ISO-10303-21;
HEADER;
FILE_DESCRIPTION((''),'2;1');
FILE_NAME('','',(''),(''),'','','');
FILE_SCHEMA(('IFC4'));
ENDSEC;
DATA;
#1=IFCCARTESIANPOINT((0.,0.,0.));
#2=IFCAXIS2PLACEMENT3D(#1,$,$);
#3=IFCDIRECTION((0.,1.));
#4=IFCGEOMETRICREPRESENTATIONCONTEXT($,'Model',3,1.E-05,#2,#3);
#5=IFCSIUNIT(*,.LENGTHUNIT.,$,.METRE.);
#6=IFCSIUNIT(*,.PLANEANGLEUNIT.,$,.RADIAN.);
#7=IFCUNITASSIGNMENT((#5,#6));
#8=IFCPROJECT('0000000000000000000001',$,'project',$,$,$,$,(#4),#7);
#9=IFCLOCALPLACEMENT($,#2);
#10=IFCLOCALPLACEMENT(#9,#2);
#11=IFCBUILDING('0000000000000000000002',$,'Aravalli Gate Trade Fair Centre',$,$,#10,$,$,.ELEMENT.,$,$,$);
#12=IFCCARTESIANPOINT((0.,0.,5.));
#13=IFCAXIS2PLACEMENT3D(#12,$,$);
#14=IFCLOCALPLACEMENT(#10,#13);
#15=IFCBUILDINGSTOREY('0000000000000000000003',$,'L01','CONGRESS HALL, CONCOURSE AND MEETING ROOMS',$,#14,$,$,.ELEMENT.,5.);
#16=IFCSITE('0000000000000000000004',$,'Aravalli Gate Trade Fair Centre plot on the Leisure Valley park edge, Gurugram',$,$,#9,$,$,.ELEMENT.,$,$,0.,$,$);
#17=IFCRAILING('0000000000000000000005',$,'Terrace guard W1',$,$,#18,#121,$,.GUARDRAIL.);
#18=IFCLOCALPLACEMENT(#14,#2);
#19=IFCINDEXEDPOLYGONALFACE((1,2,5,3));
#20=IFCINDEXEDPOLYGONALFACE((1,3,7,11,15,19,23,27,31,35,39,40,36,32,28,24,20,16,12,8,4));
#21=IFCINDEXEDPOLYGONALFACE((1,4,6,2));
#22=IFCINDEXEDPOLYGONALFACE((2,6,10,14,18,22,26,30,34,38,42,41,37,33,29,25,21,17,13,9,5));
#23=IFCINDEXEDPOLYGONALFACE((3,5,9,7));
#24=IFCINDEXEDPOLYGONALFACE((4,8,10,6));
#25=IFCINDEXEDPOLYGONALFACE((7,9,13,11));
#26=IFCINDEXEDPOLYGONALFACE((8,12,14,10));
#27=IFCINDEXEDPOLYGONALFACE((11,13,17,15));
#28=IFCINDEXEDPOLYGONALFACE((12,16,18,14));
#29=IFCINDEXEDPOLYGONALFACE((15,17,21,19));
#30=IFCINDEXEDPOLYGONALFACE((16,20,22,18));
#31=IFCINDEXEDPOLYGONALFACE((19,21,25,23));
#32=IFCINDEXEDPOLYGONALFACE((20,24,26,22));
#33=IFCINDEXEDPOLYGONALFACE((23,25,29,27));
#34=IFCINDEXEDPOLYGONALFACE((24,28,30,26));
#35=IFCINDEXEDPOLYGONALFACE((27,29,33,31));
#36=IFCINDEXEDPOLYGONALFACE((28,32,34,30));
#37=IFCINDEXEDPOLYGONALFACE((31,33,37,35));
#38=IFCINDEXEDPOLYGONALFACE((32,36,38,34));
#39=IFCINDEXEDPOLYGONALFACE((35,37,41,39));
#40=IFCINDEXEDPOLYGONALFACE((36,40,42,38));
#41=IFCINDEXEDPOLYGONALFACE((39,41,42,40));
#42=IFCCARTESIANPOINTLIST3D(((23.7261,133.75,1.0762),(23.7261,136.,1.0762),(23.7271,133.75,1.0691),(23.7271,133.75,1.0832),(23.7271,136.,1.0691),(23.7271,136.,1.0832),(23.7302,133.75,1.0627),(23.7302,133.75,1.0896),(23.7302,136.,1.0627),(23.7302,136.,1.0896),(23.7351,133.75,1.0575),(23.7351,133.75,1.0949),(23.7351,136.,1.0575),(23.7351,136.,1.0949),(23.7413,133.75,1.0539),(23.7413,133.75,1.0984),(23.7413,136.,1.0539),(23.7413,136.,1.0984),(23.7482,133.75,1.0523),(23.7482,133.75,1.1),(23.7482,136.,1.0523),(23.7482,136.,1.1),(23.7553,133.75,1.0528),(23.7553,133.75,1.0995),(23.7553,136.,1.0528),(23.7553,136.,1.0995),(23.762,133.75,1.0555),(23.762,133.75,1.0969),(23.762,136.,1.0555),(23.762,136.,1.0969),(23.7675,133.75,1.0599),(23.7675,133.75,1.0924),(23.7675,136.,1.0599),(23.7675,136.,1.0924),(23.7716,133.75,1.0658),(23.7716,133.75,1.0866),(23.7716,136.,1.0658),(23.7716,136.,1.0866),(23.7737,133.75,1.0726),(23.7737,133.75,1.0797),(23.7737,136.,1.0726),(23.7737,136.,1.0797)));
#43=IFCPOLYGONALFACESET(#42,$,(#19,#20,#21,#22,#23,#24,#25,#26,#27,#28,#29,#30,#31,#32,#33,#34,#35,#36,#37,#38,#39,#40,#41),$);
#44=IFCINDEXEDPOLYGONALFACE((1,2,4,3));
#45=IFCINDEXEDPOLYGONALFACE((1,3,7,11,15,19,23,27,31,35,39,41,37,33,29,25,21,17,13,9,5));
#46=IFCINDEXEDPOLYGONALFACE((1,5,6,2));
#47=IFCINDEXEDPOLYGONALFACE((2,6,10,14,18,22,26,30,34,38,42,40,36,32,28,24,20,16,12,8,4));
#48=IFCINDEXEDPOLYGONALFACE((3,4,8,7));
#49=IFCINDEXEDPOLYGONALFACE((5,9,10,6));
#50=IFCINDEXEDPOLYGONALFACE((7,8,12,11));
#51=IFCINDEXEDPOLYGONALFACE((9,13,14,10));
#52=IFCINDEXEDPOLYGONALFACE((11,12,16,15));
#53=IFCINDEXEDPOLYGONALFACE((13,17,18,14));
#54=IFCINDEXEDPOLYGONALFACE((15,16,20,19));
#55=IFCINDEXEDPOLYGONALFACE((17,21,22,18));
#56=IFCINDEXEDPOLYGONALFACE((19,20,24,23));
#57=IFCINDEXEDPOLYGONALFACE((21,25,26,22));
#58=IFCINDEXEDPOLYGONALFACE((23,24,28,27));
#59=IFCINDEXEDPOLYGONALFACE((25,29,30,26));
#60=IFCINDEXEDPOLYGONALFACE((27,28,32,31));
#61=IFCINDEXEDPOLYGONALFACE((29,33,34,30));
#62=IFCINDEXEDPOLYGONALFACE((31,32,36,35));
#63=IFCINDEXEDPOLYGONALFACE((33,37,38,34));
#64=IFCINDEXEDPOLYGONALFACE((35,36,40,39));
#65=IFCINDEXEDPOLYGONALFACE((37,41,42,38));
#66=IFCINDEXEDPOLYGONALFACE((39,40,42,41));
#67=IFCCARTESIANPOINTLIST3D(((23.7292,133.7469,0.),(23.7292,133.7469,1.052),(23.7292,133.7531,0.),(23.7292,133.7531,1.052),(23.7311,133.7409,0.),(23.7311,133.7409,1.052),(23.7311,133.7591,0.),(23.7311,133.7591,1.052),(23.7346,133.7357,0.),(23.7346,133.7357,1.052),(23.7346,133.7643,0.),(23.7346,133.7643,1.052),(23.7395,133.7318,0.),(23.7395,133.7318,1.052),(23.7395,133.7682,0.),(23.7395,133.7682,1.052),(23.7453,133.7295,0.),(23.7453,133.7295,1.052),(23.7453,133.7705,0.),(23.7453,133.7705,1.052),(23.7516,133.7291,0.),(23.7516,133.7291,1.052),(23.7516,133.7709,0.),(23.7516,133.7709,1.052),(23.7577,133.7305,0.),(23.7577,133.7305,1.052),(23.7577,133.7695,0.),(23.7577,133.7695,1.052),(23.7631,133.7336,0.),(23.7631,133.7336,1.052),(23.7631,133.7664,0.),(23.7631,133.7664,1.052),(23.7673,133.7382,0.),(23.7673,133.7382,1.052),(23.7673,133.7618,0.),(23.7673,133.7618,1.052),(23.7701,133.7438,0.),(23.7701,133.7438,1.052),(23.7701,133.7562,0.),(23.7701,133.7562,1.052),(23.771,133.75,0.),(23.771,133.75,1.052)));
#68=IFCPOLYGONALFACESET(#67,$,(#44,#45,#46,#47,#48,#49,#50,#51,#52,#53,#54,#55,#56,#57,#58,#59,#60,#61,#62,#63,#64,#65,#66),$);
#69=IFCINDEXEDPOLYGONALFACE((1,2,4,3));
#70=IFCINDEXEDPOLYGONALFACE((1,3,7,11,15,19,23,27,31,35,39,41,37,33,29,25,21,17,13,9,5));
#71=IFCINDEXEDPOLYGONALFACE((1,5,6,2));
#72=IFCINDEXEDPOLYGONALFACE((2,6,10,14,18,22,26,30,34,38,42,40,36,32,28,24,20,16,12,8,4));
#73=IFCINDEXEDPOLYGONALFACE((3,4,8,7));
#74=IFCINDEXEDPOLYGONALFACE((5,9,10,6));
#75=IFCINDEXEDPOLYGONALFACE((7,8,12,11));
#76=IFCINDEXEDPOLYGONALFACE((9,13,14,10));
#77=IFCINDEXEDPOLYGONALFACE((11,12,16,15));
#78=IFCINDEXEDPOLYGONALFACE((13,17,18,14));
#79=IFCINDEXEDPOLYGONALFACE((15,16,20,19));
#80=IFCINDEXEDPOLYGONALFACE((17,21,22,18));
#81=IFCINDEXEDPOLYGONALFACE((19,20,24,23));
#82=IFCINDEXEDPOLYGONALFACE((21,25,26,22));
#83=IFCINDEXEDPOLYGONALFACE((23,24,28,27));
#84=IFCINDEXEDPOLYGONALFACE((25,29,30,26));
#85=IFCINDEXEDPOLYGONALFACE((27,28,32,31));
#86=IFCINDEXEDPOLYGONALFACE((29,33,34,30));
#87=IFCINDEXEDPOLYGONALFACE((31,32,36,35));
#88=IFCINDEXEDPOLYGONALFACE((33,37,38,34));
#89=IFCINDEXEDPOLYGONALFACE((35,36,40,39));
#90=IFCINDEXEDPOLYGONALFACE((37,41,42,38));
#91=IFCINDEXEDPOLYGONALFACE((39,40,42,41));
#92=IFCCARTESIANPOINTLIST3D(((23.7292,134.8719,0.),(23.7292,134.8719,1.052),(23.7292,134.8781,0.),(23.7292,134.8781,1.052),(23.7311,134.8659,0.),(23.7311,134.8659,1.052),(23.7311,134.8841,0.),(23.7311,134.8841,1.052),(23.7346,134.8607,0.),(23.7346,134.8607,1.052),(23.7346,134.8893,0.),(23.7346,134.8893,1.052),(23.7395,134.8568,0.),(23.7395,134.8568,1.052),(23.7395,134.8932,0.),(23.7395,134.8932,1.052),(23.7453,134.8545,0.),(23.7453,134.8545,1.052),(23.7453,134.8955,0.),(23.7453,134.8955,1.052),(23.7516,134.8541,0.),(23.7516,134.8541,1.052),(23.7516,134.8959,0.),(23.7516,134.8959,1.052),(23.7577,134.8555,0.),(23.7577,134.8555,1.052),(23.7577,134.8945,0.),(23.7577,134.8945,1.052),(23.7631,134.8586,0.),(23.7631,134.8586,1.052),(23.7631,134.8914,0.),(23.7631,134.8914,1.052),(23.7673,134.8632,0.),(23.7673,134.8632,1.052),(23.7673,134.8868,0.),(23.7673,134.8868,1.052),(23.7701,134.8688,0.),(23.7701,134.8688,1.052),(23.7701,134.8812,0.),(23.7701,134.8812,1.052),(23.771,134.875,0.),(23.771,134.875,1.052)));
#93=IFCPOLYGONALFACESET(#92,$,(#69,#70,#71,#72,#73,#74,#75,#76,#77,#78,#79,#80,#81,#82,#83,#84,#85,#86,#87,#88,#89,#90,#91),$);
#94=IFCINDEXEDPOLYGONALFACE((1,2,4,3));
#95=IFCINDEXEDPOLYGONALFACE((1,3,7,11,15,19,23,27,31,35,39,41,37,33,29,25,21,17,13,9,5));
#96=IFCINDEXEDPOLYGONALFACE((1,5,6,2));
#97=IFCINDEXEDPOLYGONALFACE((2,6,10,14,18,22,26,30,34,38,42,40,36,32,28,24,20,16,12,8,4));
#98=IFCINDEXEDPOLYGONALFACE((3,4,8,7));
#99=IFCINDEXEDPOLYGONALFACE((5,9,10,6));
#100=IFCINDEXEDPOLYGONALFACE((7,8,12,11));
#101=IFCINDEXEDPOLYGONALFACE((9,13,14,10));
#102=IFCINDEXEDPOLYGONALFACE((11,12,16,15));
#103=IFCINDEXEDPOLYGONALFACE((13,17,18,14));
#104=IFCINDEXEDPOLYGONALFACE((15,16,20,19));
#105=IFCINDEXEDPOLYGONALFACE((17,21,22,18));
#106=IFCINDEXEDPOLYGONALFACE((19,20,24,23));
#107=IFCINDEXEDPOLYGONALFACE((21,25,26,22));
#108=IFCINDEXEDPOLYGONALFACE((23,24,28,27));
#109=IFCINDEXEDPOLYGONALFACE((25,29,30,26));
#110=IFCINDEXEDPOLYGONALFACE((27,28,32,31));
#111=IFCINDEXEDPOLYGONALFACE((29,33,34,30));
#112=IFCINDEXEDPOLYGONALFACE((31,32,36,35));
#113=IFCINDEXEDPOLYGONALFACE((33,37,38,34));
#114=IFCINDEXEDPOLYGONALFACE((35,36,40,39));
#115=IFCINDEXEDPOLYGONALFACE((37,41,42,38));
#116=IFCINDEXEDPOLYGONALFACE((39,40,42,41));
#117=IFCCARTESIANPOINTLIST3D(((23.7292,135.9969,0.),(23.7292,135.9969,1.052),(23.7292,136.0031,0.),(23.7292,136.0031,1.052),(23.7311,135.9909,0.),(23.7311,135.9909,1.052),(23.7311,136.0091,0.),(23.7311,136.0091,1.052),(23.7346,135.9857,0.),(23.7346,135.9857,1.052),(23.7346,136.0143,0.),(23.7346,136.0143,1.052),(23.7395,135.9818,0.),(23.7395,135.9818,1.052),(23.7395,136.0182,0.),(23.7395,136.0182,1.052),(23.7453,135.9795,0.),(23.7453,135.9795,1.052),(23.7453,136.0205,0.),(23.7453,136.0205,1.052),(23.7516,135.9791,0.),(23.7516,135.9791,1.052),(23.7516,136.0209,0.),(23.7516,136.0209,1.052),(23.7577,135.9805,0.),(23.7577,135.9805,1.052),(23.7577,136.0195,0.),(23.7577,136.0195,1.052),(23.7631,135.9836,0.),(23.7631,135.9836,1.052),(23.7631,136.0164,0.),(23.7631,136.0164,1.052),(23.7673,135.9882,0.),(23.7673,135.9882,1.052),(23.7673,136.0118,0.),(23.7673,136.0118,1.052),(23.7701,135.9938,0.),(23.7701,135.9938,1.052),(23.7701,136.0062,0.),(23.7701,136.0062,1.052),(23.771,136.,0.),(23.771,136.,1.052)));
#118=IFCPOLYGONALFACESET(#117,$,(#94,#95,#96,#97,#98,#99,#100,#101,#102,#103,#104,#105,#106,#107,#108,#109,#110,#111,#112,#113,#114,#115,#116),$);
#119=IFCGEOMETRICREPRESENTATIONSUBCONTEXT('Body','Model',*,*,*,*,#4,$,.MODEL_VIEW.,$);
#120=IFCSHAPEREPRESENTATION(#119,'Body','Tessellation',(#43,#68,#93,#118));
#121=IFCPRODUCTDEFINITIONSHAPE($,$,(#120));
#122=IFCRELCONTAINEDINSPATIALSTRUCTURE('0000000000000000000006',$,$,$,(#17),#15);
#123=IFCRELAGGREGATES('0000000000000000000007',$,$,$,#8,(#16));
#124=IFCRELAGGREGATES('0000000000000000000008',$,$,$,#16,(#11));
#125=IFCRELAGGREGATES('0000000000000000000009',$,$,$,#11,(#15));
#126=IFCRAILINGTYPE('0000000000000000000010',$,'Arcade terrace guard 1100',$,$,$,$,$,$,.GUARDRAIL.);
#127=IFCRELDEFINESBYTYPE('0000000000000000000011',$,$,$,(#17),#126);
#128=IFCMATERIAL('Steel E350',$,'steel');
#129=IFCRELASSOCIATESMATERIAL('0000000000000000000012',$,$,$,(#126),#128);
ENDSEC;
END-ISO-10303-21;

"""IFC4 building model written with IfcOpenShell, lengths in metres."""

from ifc_helpers import new_model, si_unit, direction, frame, origin, origin_2d, place, context, subcontext, project, spatial, circle, extrude, material, type_object, element, save


model = new_model("IFC4")

# Units and contexts
model_context = context("Model", 3, precision=1e-05, world=origin(), true_north=direction((0.0, 1.0)))
body_context = subcontext(model_context, "Body", "Model", "MODEL_VIEW")
ifc_project = project(units=[si_unit("LENGTHUNIT", "METRE"), si_unit("PLANEANGLEUNIT", "RADIAN")], contexts=[model_context])

# Site, building, storey
site_placement = place(None, origin())
site = spatial("IfcSite", under=ifc_project, at=site_placement, Name="Aravalli Gate Trade Fair Centre plot on the Leisure Valley park edge, Gurugram", CompositionType="ELEMENT", RefElevation=0.0)
building_placement = place(site_placement, origin())
building = spatial("IfcBuilding", under=site, at=building_placement, Name="Aravalli Gate Trade Fair Centre", CompositionType="ELEMENT")
storey_placement = place(building_placement, frame((0.0, 0.0, 5.0)))
storey = spatial("IfcBuildingStorey", under=building, at=storey_placement, Name="L01", Description="CONGRESS HALL, CONCOURSE AND MEETING ROOMS", CompositionType="ELEMENT", Elevation=5.0)

# Railing
ifc_material_1 = material(Name="Steel E350", Category="steel")
railing_type = type_object("IfcRailingType", Name="Arcade terrace guard 1100", PredefinedType="GUARDRAIL", material=ifc_material_1)
railing_1_placement = place(storey_placement, frame((23.75, 133.75, 0.0)))
element("IfcRailing", 1, at=railing_1_placement, inside=storey, type_object=railing_type, Name="Terrace guard W1", PredefinedType="GUARDRAIL", context=body_context, shape_type="SweptSolid", body=[
    extrude(circle(Radius=0.0239, at=origin_2d()), frame((0.0, 0.0, 1.0762), z_axis=(0.0, 1.0, 0.0), x_axis=(-1.0, 0.0, 0.0)), (0.0, 0.0, 1.0), 2.25),
    extrude(circle(Radius=0.021, at=origin_2d()), origin(), (0.0, 0.0, 1.0), 1.052),
    extrude(circle(Radius=0.021, at=origin_2d()), frame((0.0, 1.125, 0.0)), (0.0, 0.0, 1.0), 1.052),
    extrude(circle(Radius=0.021, at=origin_2d()), frame((0.0, 2.25, 0.0)), (0.0, 0.0, 1.0), 1.052),
])

save(model, "model.ifc")
